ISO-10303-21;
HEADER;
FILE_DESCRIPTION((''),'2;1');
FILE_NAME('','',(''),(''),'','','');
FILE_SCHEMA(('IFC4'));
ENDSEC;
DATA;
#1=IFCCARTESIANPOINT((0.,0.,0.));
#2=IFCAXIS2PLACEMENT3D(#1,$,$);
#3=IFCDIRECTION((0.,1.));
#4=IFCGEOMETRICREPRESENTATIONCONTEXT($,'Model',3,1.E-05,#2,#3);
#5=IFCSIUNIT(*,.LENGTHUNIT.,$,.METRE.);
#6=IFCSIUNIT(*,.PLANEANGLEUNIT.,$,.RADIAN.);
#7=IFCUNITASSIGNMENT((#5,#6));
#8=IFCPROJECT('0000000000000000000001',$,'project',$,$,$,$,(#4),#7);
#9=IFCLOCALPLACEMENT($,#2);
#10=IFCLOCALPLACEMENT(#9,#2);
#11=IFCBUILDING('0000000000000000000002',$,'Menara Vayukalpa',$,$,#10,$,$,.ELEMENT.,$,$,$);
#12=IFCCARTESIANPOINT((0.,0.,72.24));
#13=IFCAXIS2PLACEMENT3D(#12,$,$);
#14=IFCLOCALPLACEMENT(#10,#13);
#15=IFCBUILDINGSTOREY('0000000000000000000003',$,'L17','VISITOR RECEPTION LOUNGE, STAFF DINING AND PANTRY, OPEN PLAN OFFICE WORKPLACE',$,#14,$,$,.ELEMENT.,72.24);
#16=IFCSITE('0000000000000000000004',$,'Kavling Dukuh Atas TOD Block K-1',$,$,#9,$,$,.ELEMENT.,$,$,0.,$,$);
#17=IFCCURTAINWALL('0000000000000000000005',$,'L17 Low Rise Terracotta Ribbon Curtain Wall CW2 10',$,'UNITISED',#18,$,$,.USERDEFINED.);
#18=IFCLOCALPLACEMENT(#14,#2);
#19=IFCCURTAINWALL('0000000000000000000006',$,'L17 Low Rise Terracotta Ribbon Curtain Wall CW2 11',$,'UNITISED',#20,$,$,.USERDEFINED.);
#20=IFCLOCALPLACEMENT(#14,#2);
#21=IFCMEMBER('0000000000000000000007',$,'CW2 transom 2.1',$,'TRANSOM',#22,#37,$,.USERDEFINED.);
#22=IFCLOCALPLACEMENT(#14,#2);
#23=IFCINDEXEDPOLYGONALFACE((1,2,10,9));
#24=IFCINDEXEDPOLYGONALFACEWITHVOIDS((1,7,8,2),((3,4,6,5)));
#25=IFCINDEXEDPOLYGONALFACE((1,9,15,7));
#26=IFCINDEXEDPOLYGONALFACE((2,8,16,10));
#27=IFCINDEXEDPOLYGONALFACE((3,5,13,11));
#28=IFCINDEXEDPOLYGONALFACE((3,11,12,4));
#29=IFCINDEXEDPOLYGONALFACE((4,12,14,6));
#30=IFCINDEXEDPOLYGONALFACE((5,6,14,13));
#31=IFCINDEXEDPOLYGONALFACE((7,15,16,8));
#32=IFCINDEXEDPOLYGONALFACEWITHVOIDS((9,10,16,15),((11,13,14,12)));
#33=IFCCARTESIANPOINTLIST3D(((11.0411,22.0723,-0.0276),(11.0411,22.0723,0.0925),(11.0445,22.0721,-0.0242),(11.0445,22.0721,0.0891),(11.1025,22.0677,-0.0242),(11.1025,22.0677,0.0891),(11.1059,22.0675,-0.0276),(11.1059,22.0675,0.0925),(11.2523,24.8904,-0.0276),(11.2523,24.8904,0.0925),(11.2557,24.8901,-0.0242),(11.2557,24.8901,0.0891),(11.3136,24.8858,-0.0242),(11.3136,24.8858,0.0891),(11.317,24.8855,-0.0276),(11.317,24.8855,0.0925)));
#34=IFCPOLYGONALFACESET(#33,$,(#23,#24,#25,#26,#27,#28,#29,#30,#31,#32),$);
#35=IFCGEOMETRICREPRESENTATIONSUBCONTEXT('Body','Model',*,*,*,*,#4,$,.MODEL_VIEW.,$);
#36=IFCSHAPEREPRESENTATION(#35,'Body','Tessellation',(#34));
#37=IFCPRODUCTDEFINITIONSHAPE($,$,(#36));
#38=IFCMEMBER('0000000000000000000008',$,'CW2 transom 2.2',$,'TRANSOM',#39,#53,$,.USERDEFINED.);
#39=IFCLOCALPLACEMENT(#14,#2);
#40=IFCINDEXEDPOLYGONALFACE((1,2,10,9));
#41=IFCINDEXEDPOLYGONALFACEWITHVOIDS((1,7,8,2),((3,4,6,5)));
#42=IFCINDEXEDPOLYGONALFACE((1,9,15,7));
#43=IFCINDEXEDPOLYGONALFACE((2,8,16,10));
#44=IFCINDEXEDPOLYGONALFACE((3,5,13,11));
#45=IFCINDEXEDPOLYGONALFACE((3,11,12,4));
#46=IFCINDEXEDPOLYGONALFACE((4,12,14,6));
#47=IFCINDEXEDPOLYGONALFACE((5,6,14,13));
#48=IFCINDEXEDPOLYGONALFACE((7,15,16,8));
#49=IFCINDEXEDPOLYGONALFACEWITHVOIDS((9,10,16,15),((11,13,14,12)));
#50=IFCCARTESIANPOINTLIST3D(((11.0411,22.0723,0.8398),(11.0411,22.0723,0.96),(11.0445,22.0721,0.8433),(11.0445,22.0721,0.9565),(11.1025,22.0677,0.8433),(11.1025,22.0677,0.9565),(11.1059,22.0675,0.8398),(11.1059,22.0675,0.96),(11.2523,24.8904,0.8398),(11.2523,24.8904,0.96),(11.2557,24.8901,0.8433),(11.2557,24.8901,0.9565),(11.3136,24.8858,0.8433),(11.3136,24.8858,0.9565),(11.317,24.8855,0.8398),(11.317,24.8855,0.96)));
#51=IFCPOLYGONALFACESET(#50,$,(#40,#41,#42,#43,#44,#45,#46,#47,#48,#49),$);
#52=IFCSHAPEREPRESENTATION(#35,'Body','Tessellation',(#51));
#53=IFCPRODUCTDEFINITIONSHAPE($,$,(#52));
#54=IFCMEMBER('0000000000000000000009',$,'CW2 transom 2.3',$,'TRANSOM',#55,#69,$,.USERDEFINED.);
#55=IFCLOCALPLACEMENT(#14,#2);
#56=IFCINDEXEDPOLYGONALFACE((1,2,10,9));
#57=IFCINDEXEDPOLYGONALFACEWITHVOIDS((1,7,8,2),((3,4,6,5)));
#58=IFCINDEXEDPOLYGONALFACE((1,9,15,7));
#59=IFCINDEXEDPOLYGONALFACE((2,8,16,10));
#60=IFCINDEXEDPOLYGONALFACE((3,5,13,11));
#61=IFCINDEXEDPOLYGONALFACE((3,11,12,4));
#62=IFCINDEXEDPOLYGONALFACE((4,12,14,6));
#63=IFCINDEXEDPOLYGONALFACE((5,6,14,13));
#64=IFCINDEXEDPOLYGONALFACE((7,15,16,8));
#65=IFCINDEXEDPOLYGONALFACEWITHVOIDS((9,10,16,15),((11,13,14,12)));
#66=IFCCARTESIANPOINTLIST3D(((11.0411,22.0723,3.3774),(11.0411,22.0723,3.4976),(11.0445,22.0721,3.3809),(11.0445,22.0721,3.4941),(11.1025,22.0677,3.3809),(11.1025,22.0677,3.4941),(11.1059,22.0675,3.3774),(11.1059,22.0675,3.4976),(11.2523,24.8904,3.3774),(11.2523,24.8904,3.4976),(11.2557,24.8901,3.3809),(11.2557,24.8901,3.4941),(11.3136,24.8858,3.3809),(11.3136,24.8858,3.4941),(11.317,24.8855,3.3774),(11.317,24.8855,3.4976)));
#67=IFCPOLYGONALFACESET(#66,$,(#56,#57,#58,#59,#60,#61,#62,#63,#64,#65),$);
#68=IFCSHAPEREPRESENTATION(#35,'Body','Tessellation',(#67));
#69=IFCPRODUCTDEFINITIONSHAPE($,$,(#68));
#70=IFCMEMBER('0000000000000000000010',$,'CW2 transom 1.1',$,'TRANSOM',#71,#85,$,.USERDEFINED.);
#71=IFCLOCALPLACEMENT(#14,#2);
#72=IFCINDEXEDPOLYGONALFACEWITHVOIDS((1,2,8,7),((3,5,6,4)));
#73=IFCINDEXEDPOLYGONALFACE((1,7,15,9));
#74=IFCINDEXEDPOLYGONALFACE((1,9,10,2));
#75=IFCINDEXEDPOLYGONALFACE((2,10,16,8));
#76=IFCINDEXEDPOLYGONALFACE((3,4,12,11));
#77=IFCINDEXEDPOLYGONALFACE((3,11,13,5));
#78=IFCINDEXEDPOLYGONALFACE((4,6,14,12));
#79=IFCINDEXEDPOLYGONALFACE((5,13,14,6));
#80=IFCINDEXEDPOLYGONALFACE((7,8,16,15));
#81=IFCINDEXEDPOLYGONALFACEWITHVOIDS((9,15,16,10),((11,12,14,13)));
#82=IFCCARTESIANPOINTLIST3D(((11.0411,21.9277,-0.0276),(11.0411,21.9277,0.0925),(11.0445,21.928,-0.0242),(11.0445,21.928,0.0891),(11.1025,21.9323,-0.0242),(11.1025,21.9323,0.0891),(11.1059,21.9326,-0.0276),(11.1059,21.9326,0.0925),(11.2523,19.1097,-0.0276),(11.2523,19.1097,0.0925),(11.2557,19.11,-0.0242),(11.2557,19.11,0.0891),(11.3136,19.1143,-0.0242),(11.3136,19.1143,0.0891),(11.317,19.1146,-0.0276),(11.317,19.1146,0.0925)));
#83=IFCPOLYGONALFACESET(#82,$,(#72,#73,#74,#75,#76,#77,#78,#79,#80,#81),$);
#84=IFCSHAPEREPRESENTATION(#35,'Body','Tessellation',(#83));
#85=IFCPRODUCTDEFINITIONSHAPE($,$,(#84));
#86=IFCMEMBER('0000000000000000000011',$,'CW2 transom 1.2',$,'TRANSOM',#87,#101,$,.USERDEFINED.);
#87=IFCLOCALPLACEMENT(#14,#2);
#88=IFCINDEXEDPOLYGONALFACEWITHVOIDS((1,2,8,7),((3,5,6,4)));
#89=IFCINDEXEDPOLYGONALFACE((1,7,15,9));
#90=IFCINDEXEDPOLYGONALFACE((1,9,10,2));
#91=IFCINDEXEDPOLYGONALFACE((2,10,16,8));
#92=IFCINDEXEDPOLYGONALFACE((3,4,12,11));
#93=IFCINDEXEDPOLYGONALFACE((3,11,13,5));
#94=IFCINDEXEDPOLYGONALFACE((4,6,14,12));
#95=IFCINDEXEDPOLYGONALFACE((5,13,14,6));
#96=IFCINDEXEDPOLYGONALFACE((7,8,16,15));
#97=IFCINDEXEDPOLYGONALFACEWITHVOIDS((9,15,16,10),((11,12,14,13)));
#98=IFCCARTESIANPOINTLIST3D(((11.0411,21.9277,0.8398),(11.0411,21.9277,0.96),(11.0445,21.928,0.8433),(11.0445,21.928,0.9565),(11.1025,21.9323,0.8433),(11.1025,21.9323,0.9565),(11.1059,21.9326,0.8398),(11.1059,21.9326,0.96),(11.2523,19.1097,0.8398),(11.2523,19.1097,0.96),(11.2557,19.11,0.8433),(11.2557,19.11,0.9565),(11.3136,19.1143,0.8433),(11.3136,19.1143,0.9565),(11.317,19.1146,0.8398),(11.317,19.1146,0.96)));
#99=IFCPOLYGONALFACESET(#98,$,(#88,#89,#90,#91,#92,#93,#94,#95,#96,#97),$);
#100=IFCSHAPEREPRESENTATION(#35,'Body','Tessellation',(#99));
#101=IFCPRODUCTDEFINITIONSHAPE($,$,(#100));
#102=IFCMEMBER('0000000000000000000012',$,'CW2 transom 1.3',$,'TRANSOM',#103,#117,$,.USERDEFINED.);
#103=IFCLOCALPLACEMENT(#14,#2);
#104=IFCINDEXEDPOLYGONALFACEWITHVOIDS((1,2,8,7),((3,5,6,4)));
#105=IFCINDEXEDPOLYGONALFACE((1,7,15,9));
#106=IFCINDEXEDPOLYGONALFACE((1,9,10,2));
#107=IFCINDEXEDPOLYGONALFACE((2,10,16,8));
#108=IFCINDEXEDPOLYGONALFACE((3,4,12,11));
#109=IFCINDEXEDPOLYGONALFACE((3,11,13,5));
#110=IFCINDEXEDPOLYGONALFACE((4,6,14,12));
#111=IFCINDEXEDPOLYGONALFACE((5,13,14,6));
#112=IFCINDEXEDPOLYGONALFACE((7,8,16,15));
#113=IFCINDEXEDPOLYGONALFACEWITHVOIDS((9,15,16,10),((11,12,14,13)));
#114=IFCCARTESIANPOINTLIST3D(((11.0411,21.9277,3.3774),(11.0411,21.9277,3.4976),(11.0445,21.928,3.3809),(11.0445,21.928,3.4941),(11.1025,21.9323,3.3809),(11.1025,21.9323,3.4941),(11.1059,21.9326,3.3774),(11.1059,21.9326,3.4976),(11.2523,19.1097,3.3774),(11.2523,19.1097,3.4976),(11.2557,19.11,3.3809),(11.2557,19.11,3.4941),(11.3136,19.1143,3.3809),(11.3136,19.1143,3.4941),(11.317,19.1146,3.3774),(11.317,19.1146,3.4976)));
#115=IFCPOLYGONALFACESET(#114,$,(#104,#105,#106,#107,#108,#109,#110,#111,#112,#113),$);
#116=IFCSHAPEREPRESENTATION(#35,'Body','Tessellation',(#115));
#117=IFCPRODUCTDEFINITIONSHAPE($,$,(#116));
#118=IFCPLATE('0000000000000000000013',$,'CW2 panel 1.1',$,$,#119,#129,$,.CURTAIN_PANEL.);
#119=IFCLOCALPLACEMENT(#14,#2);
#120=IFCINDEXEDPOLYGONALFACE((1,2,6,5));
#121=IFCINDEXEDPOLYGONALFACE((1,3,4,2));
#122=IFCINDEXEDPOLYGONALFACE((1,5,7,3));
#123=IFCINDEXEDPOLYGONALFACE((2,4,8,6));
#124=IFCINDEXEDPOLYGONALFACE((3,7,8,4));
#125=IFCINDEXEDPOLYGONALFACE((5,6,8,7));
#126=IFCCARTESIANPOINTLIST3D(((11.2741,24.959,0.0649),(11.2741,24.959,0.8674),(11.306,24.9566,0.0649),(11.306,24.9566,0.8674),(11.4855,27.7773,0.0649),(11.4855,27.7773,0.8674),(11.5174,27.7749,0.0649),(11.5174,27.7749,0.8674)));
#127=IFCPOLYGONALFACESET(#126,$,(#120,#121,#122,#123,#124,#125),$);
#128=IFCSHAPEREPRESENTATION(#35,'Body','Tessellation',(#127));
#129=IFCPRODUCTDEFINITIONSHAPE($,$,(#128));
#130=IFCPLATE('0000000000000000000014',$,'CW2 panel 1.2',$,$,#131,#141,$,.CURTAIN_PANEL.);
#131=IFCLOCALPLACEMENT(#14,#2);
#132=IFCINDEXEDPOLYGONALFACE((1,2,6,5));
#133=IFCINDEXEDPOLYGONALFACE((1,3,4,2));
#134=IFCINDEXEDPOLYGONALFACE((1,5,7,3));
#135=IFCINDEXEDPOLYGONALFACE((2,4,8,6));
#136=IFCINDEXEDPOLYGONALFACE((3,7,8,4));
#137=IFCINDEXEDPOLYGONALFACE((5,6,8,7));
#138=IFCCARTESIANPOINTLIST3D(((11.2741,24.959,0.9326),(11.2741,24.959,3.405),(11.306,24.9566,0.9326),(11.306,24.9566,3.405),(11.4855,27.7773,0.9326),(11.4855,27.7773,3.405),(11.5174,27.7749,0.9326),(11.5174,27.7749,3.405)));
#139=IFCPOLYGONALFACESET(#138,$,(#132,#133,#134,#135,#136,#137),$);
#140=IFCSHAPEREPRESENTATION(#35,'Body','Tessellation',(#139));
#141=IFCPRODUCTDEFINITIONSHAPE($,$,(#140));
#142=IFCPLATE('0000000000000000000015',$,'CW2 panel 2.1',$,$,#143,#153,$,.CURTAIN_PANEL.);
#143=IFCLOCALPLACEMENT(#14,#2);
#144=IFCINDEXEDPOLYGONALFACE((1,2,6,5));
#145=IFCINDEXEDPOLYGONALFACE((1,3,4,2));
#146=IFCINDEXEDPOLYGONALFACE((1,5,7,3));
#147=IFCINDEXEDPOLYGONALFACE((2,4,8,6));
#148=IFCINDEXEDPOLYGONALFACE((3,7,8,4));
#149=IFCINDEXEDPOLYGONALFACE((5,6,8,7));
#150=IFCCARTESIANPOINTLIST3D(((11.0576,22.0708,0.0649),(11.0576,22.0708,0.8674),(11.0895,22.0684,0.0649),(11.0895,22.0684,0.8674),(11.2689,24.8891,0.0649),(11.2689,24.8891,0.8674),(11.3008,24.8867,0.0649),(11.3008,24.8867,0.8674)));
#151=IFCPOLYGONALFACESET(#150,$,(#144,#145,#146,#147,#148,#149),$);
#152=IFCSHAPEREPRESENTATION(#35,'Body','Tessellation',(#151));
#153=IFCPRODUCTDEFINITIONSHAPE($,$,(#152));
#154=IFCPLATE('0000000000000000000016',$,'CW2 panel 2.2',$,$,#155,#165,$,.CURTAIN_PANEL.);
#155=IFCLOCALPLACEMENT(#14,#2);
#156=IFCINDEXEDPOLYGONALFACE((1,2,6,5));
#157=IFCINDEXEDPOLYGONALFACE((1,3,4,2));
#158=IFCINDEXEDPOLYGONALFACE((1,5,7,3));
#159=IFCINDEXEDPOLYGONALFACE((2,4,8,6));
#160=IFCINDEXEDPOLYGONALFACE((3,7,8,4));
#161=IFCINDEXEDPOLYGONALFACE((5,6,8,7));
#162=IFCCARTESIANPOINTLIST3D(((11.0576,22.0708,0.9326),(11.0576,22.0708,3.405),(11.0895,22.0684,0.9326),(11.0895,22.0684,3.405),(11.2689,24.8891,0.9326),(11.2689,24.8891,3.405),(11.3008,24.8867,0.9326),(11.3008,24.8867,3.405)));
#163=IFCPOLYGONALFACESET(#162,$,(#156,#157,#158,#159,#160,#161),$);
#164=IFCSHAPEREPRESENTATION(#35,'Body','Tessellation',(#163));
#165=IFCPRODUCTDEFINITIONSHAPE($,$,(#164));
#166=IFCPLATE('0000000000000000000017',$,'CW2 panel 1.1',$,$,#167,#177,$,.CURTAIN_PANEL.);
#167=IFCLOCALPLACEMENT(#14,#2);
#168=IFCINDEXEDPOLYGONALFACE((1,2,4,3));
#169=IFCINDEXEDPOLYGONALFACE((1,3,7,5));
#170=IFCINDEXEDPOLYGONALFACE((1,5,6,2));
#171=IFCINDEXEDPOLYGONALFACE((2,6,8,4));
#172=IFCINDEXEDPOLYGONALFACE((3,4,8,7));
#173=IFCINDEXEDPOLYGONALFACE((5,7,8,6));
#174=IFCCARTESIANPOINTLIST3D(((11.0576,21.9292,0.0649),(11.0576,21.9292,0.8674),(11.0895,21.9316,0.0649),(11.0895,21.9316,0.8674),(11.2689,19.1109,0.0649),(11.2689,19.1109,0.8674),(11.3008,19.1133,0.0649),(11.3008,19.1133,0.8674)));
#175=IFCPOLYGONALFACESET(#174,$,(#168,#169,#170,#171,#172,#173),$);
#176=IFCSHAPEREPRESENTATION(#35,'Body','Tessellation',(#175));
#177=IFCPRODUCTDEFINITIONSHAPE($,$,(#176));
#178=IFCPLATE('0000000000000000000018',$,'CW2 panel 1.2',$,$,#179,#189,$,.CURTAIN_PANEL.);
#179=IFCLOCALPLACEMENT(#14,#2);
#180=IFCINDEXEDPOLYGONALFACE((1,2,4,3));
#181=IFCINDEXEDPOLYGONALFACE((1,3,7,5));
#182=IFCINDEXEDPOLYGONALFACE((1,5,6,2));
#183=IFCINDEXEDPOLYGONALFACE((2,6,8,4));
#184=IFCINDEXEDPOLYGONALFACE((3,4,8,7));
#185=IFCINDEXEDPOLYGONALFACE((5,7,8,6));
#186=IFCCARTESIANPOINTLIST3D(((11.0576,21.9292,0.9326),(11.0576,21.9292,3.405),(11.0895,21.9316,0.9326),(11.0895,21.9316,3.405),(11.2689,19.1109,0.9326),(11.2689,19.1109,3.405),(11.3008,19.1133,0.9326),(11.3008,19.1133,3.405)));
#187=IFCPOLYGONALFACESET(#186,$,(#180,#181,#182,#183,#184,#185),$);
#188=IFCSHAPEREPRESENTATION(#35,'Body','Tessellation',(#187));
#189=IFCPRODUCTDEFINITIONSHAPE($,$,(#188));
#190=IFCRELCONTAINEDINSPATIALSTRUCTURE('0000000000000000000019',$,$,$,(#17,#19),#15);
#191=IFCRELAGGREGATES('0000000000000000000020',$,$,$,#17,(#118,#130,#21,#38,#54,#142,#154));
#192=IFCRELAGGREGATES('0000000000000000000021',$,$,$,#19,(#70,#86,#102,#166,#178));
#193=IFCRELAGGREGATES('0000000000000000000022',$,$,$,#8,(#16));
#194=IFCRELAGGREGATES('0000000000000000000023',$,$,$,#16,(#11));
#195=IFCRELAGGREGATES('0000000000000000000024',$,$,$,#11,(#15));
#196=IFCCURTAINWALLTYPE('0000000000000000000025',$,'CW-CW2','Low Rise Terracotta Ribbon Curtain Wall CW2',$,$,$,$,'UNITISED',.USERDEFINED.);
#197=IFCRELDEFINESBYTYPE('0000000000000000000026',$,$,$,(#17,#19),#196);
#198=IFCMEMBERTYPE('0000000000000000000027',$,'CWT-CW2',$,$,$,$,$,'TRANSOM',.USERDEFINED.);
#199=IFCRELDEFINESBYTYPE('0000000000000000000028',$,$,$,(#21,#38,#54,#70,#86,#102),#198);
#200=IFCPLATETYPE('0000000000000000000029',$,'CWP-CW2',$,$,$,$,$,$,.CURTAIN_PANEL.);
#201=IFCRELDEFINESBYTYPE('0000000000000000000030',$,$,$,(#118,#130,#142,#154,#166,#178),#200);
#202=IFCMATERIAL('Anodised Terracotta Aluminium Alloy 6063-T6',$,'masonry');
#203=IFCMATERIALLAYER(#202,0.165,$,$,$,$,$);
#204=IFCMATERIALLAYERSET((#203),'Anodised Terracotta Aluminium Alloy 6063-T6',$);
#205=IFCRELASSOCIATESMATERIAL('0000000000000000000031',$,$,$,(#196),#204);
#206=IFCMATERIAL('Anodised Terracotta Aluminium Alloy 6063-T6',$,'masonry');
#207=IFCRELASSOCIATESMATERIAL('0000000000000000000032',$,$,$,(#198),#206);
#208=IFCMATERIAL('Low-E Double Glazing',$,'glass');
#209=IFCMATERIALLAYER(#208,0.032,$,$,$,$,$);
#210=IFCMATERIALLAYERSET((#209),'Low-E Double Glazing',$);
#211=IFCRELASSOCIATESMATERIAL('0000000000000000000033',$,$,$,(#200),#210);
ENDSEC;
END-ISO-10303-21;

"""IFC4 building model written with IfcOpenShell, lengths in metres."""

from ifc_helpers import new_model, si_unit, direction, frame, origin, origin_2d, place, context, subcontext, project, spatial, rectangle, hollow_rectangle, extrude, material, layer, layer_set, material_profile, profile_set, type_object, element, aggregate, save


model = new_model("IFC4")

# Units and contexts
model_context = context("Model", 3, precision=1e-05, world=origin(), true_north=direction((0.0, 1.0)))
body_context = subcontext(model_context, "Body", "Model", "MODEL_VIEW")
ifc_project = project(units=[si_unit("LENGTHUNIT", "METRE"), si_unit("PLANEANGLEUNIT", "RADIAN")], contexts=[model_context])

# Site, building, storey
site_placement = place(None, origin())
site = spatial("IfcSite", under=ifc_project, at=site_placement, Name="Kavling Dukuh Atas TOD Block K-1", CompositionType="ELEMENT", RefElevation=0.0)
building_placement = place(site_placement, origin())
building = spatial("IfcBuilding", under=site, at=building_placement, Name="Menara Vayukalpa", CompositionType="ELEMENT")
storey_placement = place(building_placement, frame((0.0, 0.0, 72.24)))
storey = spatial("IfcBuildingStorey", under=building, at=storey_placement, Name="L17", Description="VISITOR RECEPTION LOUNGE, STAFF DINING AND PANTRY, OPEN PLAN OFFICE WORKPLACE", CompositionType="ELEMENT", Elevation=72.24)

# Curtain wall
ifc_material_1 = material(Name="Anodised Terracotta Aluminium Alloy 6063-T6", Category="masonry")
ifc_layer_1 = layer(ifc_material_1, 0.165)
ifc_layer_set_1 = layer_set([ifc_layer_1], Name="Anodised Terracotta Aluminium Alloy 6063-T6")
curtain_wall_type = type_object("IfcCurtainWallType", Name="CW-CW2", Description="Low Rise Terracotta Ribbon Curtain Wall CW2", ElementType="UNITISED", PredefinedType="USERDEFINED", material=ifc_layer_set_1)
curtain_wall_1_placement = place(storey_placement, origin())
curtain_wall_1 = element("IfcCurtainWall", 1, at=curtain_wall_1_placement, inside=storey, type_object=curtain_wall_type, Name="L17 Low Rise Terracotta Ribbon Curtain Wall CW2 10", ObjectType="UNITISED", PredefinedType="USERDEFINED")

# Curtain wall
curtain_wall_2_placement = place(storey_placement, origin())
curtain_wall_2 = element("IfcCurtainWall", 2, at=curtain_wall_2_placement, inside=storey, type_object=curtain_wall_type, Name="L17 Low Rise Terracotta Ribbon Curtain Wall CW2 11", ObjectType="UNITISED", PredefinedType="USERDEFINED")

# Members
ifc_material_2 = material(Name="Anodised Terracotta Aluminium Alloy 6063-T6", Category="masonry")
ifc_material_profile_1 = material_profile(ifc_material_2, hollow_rectangle(XDim=0.0649, YDim=0.1201, WallThickness=0.0034, at=origin_2d()), Name="ALU 65x120x3.5")
ifc_profile_set_1 = profile_set([ifc_material_profile_1], Name="Anodised Terracotta Aluminium Alloy 6063-T6")
member_type_1 = type_object("IfcMemberType", Name="CWT-CW2", ElementType="TRANSOM", PredefinedType="USERDEFINED", material=ifc_profile_set_1)
member_1_placement = place(storey_placement, frame((11.2847, 24.8879, 0.0325), z_axis=(-0.074728, -0.997204, 0.0), x_axis=(0.997204, -0.074728, 0.0)))
member_1 = element("IfcMember", 3, at=member_1_placement, type_object=member_type_1, Name="CW2 transom 2.1", ObjectType="TRANSOM", PredefinedType="USERDEFINED", context=body_context, shape_type="SweptSolid", body=[
    extrude(hollow_rectangle(XDim=0.0649, YDim=0.1201, WallThickness=0.0034, at=origin_2d()), origin(), (0.0, 0.0, 1.0), 2.8259),
])
member_2_placement = place(storey_placement, frame((11.2847, 24.8879, 0.8999), z_axis=(-0.074728, -0.997204, 0.0), x_axis=(0.997204, -0.074728, 0.0)))
member_2 = element("IfcMember", 4, at=member_2_placement, type_object=member_type_1, Name="CW2 transom 2.2", ObjectType="TRANSOM", PredefinedType="USERDEFINED", context=body_context, shape_type="SweptSolid", body=[
    extrude(hollow_rectangle(XDim=0.0649, YDim=0.1201, WallThickness=0.0034, at=origin_2d()), origin(), (0.0, 0.0, 1.0), 2.8259),
])
member_3_placement = place(storey_placement, frame((11.2847, 24.8879, 3.4375), z_axis=(-0.074728, -0.997204, 0.0), x_axis=(0.997204, -0.074728, 0.0)))
member_3 = element("IfcMember", 5, at=member_3_placement, type_object=member_type_1, Name="CW2 transom 2.3", ObjectType="TRANSOM", PredefinedType="USERDEFINED", context=body_context, shape_type="SweptSolid", body=[
    extrude(hollow_rectangle(XDim=0.0649, YDim=0.1201, WallThickness=0.0034, at=origin_2d()), origin(), (0.0, 0.0, 1.0), 2.8259),
])
member_4_placement = place(storey_placement, frame((11.0735, 21.9302, 0.0325), z_axis=(0.074728, -0.997204, 0.0), x_axis=(0.997204, 0.074728, 0.0)))
member_4 = element("IfcMember", 6, at=member_4_placement, type_object=member_type_1, Name="CW2 transom 1.1", ObjectType="TRANSOM", PredefinedType="USERDEFINED", context=body_context, shape_type="SweptSolid", body=[
    extrude(hollow_rectangle(XDim=0.0649, YDim=0.1201, WallThickness=0.0034, at=origin_2d()), origin(), (0.0, 0.0, 1.0), 2.8259),
])
member_5_placement = place(storey_placement, frame((11.0735, 21.9302, 0.8999), z_axis=(0.074728, -0.997204, 0.0), x_axis=(0.997204, 0.074728, 0.0)))
member_5 = element("IfcMember", 7, at=member_5_placement, type_object=member_type_1, Name="CW2 transom 1.2", ObjectType="TRANSOM", PredefinedType="USERDEFINED", context=body_context, shape_type="SweptSolid", body=[
    extrude(hollow_rectangle(XDim=0.0649, YDim=0.1201, WallThickness=0.0034, at=origin_2d()), origin(), (0.0, 0.0, 1.0), 2.8259),
])
member_6_placement = place(storey_placement, frame((11.0735, 21.9302, 3.4375), z_axis=(0.074728, -0.997204, 0.0), x_axis=(0.997204, 0.074728, 0.0)))
member_6 = element("IfcMember", 8, at=member_6_placement, type_object=member_type_1, Name="CW2 transom 1.3", ObjectType="TRANSOM", PredefinedType="USERDEFINED", context=body_context, shape_type="SweptSolid", body=[
    extrude(hollow_rectangle(XDim=0.0649, YDim=0.1201, WallThickness=0.0034, at=origin_2d()), origin(), (0.0, 0.0, 1.0), 2.8259),
])

# Plates
ifc_material_3 = material(Name="Low-E Double Glazing", Category="glass")
ifc_layer_2 = layer(ifc_material_3, 0.032)
ifc_layer_set_2 = layer_set([ifc_layer_2], Name="Low-E Double Glazing")
plate_type = type_object("IfcPlateType", Name="CWP-CW2", PredefinedType="CURTAIN_PANEL", material=ifc_layer_set_2)
plate_1_placement = place(storey_placement, frame((11.3958, 26.3669, 0.0649), z_axis=(0.0, 0.0, 1.0), x_axis=(-0.074785, -0.9972, 0.0)))
plate_1 = element("IfcPlate", 9, at=plate_1_placement, type_object=plate_type, Name="CW2 panel 1.1", PredefinedType="CURTAIN_PANEL", context=body_context, shape_type="SweptSolid", body=[
    extrude(rectangle(XDim=2.8262, YDim=0.032, at=origin_2d()), origin(), (0.0, 0.0, 1.0), 0.8025),
])
plate_2_placement = place(storey_placement, frame((11.3958, 26.3669, 0.9326), z_axis=(0.0, 0.0, 1.0), x_axis=(-0.074785, -0.9972, 0.0)))
plate_2 = element("IfcPlate", 10, at=plate_2_placement, type_object=plate_type, Name="CW2 panel 1.2", PredefinedType="CURTAIN_PANEL", context=body_context, shape_type="SweptSolid", body=[
    extrude(rectangle(XDim=2.8262, YDim=0.032, at=origin_2d()), origin(), (0.0, 0.0, 1.0), 2.4724),
])
plate_3_placement = place(storey_placement, frame((11.1792, 23.4788, 0.0649), z_axis=(0.0, 0.0, 1.0), x_axis=(-0.074785, -0.9972, 0.0)))
plate_3 = element("IfcPlate", 11, at=plate_3_placement, type_object=plate_type, Name="CW2 panel 2.1", PredefinedType="CURTAIN_PANEL", context=body_context, shape_type="SweptSolid", body=[
    extrude(rectangle(XDim=2.8262, YDim=0.032, at=origin_2d()), origin(), (0.0, 0.0, 1.0), 0.8025),
])
plate_4_placement = place(storey_placement, frame((11.1792, 23.4788, 0.9326), z_axis=(0.0, 0.0, 1.0), x_axis=(-0.074785, -0.9972, 0.0)))
plate_4 = element("IfcPlate", 12, at=plate_4_placement, type_object=plate_type, Name="CW2 panel 2.2", PredefinedType="CURTAIN_PANEL", context=body_context, shape_type="SweptSolid", body=[
    extrude(rectangle(XDim=2.8262, YDim=0.032, at=origin_2d()), origin(), (0.0, 0.0, 1.0), 2.4724),
])
aggregate(curtain_wall_1, [plate_1, plate_2, member_1, member_2, member_3, plate_3, plate_4])
plate_5_placement = place(storey_placement, frame((11.1792, 20.5212, 0.0649), z_axis=(0.0, 0.0, 1.0), x_axis=(0.074785, -0.9972, 0.0)))
plate_5 = element("IfcPlate", 13, at=plate_5_placement, type_object=plate_type, Name="CW2 panel 1.1", PredefinedType="CURTAIN_PANEL", context=body_context, shape_type="SweptSolid", body=[
    extrude(rectangle(XDim=2.8262, YDim=0.032, at=origin_2d()), origin(), (0.0, 0.0, 1.0), 0.8025),
])
plate_6_placement = place(storey_placement, frame((11.1792, 20.5212, 0.9326), z_axis=(0.0, 0.0, 1.0), x_axis=(0.074785, -0.9972, 0.0)))
plate_6 = element("IfcPlate", 14, at=plate_6_placement, type_object=plate_type, Name="CW2 panel 1.2", PredefinedType="CURTAIN_PANEL", context=body_context, shape_type="SweptSolid", body=[
    extrude(rectangle(XDim=2.8262, YDim=0.032, at=origin_2d()), origin(), (0.0, 0.0, 1.0), 2.4724),
])
aggregate(curtain_wall_2, [member_4, member_5, member_6, plate_5, plate_6])

save(model, "model.ifc")
